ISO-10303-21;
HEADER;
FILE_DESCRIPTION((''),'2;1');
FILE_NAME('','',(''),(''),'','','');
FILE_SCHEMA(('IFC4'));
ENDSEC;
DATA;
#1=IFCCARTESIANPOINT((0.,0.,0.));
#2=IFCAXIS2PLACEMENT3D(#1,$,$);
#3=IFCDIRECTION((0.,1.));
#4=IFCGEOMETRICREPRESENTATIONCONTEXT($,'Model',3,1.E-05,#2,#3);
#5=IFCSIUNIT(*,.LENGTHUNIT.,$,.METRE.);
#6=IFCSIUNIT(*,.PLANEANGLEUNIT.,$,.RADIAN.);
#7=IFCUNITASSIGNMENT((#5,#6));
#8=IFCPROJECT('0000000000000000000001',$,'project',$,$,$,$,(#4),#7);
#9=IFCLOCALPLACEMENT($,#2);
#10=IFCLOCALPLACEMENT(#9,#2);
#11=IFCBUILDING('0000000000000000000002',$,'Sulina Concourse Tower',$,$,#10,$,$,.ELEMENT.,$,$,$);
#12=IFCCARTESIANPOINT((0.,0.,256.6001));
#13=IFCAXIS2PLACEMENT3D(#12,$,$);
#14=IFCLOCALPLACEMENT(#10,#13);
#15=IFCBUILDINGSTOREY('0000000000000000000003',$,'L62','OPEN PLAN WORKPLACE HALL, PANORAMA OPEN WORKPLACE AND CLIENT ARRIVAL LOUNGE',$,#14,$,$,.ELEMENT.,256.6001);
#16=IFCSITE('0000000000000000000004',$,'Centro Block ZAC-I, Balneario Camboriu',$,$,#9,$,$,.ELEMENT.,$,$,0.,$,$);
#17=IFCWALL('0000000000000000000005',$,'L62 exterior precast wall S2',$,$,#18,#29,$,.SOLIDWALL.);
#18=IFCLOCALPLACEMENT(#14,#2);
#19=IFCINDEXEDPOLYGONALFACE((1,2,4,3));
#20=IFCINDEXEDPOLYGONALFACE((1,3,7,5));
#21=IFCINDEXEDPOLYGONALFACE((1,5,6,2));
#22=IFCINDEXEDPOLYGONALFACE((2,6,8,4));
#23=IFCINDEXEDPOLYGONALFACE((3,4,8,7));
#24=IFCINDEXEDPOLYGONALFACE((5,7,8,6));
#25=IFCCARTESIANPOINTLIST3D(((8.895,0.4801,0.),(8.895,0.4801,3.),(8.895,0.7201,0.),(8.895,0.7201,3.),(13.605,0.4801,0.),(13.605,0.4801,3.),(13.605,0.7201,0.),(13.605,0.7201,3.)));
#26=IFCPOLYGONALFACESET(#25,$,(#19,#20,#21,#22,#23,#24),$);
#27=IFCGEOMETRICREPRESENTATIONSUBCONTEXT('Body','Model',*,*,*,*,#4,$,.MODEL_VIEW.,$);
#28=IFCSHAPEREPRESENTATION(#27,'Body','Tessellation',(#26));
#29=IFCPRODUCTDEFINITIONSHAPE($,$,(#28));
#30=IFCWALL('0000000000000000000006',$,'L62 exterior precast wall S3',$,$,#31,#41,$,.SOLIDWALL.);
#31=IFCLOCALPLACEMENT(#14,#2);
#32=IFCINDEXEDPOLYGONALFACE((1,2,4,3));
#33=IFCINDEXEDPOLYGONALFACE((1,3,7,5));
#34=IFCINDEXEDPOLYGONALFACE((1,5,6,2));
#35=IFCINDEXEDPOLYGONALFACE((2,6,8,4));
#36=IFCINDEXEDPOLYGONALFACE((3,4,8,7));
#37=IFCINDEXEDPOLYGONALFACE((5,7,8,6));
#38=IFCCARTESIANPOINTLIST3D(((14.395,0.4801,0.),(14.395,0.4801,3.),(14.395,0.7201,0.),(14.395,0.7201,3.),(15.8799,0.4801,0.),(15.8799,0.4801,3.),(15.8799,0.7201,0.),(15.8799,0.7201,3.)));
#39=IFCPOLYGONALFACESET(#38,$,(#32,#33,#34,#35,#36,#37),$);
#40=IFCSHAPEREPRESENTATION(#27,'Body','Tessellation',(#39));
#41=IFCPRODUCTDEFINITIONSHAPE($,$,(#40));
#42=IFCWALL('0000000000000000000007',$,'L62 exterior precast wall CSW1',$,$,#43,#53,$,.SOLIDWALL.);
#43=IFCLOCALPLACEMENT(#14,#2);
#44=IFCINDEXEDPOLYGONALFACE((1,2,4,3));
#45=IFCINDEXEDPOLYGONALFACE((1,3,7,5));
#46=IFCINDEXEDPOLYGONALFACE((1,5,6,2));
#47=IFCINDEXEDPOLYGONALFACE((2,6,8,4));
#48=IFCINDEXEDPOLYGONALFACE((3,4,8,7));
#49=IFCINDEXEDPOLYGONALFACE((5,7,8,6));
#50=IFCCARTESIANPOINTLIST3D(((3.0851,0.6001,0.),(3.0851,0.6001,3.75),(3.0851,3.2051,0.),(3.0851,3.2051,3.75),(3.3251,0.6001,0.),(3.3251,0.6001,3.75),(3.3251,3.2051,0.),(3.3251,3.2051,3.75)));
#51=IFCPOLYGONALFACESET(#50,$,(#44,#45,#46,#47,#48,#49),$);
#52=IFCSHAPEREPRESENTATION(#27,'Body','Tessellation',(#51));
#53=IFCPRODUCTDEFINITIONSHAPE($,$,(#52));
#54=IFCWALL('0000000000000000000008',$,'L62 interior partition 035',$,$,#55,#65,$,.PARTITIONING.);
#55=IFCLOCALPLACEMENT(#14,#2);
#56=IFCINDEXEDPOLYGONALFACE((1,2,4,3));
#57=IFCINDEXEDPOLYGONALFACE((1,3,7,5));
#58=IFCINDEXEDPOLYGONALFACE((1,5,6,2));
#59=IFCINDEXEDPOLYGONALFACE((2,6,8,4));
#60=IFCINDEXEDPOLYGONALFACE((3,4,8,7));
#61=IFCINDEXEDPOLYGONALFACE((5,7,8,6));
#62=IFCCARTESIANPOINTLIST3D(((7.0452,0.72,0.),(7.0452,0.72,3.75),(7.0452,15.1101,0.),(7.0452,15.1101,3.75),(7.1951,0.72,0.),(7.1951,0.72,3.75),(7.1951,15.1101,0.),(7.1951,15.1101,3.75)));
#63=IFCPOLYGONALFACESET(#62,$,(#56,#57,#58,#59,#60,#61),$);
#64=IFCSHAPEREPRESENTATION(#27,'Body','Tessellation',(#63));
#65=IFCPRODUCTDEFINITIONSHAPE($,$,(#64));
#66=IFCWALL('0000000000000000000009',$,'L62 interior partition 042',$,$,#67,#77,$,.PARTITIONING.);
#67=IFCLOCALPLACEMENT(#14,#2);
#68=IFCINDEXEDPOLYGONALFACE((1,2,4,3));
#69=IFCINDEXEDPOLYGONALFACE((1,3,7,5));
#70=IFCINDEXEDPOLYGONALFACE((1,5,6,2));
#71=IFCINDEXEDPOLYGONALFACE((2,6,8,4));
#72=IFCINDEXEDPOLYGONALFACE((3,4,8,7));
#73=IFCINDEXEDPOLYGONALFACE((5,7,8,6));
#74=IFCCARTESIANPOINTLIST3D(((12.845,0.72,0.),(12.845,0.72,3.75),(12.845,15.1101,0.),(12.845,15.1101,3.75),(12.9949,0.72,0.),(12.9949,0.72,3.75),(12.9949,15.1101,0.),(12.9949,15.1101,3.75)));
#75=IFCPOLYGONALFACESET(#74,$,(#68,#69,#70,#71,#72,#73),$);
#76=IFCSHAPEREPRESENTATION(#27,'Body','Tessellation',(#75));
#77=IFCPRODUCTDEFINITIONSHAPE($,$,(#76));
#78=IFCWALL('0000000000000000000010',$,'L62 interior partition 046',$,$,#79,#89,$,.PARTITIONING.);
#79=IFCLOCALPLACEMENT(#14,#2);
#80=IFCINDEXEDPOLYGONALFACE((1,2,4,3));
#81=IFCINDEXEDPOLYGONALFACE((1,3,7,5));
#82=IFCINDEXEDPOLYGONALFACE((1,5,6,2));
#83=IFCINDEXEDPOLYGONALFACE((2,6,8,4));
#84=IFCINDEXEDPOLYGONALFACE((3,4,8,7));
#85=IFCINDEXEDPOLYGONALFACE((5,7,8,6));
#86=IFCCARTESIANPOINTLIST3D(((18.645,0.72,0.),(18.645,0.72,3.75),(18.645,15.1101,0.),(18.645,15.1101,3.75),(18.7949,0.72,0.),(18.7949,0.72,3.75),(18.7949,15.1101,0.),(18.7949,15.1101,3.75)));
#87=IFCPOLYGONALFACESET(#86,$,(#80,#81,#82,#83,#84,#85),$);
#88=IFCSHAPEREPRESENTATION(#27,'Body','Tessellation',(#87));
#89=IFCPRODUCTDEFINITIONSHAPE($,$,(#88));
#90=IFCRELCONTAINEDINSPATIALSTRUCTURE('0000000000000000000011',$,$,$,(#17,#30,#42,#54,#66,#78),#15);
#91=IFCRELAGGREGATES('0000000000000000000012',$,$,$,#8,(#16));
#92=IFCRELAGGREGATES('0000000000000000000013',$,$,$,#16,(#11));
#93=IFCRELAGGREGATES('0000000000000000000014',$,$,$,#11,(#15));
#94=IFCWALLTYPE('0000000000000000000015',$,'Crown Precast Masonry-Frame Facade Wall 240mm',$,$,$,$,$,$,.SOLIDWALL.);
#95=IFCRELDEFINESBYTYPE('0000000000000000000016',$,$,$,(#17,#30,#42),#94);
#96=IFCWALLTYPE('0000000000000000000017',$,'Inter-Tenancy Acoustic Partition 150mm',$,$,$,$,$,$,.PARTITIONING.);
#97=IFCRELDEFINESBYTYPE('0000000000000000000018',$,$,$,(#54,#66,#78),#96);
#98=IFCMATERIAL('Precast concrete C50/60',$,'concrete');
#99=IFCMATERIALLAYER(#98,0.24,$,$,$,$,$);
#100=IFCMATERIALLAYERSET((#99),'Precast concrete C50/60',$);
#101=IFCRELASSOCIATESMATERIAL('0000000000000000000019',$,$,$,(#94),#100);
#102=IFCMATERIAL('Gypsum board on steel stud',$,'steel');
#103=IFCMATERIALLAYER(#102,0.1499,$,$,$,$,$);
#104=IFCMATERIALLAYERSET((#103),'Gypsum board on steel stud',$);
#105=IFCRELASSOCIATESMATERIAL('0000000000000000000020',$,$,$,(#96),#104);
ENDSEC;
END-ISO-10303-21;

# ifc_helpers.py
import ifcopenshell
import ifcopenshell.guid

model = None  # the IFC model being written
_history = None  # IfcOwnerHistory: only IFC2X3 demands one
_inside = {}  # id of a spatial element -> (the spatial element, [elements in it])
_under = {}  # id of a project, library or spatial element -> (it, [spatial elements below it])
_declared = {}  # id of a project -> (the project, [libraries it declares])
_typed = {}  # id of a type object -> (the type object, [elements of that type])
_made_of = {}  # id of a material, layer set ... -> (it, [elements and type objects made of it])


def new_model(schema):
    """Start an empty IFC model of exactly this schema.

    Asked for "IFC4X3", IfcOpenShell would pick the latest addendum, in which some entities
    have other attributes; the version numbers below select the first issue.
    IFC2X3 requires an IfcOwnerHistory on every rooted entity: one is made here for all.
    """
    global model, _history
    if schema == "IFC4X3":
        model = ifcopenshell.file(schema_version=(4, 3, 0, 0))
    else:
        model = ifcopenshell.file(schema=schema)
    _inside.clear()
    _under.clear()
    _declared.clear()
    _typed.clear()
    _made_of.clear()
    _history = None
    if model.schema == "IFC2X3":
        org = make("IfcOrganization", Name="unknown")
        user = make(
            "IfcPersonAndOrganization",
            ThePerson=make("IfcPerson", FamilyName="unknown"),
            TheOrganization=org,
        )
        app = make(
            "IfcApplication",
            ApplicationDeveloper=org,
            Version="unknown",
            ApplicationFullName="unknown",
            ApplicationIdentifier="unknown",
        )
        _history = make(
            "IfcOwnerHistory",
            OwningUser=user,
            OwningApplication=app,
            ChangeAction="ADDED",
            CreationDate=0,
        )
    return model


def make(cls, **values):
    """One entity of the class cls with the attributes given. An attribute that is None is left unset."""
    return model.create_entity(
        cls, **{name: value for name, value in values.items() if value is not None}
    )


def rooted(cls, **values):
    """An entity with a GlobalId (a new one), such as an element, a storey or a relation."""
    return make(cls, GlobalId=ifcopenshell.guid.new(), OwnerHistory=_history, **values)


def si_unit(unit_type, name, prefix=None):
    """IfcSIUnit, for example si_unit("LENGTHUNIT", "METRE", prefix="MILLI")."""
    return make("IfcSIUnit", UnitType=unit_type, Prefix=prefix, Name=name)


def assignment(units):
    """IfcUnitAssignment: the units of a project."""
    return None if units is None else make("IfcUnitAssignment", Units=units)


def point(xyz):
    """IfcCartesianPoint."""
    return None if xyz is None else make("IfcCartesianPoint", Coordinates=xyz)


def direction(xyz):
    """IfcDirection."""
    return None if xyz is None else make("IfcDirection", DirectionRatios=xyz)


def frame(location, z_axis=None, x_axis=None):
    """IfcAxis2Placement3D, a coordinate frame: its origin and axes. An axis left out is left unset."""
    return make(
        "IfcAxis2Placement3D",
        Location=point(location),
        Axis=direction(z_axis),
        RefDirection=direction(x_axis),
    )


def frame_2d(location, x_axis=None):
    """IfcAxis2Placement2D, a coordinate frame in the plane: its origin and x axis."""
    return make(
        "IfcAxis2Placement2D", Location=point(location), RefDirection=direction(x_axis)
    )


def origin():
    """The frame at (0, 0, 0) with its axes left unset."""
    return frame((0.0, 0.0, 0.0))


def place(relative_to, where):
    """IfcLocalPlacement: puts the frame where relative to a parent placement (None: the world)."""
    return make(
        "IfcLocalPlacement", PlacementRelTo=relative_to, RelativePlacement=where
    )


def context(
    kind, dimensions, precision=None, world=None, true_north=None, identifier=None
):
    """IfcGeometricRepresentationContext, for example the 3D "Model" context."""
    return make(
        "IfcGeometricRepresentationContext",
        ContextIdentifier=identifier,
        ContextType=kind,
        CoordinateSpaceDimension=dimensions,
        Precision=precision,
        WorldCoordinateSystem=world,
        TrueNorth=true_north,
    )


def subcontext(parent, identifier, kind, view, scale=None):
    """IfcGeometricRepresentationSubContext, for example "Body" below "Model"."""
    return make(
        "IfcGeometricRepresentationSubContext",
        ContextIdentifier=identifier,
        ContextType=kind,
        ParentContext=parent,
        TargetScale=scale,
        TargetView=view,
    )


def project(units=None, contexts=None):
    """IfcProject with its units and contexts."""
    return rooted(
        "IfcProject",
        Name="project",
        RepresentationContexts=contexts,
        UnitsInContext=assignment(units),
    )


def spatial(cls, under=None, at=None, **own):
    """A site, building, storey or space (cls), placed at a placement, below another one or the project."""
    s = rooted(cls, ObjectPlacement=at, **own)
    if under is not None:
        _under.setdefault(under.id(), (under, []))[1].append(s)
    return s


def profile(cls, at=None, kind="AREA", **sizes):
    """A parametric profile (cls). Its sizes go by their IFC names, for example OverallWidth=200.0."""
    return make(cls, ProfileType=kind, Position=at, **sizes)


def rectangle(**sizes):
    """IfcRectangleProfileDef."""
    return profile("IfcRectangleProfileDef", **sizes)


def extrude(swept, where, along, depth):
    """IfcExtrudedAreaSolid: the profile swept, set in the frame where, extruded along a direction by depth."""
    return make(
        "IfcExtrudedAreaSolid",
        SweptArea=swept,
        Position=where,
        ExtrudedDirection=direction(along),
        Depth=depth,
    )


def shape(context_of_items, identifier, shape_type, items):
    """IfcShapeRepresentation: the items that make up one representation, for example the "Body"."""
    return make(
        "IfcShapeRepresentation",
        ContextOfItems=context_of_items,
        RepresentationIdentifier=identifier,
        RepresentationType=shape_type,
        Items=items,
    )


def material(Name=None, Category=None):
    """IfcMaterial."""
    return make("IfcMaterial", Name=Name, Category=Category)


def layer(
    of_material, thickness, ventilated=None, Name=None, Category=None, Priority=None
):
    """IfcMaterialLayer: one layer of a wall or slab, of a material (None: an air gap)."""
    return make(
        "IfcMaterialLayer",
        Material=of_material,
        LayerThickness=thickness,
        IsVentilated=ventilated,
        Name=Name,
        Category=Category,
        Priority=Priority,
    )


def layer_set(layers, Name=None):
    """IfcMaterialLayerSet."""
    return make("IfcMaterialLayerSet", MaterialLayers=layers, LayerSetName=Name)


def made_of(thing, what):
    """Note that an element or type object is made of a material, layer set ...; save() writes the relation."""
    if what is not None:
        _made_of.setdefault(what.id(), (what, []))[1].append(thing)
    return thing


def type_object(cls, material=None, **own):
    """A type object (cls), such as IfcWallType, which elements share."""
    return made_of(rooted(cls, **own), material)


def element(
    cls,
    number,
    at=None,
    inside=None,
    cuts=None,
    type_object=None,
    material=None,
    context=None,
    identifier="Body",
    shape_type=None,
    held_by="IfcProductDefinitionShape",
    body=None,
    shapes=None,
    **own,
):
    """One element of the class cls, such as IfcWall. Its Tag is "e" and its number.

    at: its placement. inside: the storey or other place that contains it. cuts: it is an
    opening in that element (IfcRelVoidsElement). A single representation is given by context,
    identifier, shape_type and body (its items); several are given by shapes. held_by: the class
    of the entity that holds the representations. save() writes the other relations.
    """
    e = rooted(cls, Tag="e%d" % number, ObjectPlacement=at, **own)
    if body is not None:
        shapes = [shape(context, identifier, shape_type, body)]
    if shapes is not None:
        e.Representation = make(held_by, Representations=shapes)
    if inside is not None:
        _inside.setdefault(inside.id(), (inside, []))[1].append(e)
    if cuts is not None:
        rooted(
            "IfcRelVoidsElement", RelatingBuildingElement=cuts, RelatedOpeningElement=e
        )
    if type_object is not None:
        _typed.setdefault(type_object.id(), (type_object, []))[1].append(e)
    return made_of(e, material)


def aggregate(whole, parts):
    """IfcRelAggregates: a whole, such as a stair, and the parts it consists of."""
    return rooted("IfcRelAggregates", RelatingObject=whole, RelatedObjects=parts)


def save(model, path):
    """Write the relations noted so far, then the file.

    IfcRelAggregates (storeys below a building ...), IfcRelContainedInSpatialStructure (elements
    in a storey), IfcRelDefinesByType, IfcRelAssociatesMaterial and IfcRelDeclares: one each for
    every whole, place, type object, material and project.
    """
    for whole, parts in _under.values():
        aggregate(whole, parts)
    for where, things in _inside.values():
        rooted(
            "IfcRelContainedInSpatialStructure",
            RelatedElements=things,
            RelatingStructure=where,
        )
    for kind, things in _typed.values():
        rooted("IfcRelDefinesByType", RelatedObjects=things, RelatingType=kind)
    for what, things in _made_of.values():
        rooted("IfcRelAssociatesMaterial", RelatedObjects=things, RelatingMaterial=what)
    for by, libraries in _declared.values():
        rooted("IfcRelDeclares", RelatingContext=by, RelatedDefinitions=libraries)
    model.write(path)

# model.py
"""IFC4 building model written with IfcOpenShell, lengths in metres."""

from ifc_helpers import new_model, si_unit, direction, frame, frame_2d, origin, place, context, subcontext, project, spatial, rectangle, extrude, material, layer, layer_set, type_object, element, save


model = new_model("IFC4")

# Units and contexts
model_context = context("Model", 3, precision=1e-05, world=origin(), true_north=direction((0.0, 1.0)))
body_context = subcontext(model_context, "Body", "Model", "MODEL_VIEW")
ifc_project = project(units=[si_unit("LENGTHUNIT", "METRE"), si_unit("PLANEANGLEUNIT", "RADIAN")], contexts=[model_context])

# Site, building, storey
site_placement = place(None, origin())
site = spatial("IfcSite", under=ifc_project, at=site_placement, Name="Centro Block ZAC-I, Balneario Camboriu", CompositionType="ELEMENT", RefElevation=0.0)
building_placement = place(site_placement, origin())
building = spatial("IfcBuilding", under=site, at=building_placement, Name="Sulina Concourse Tower", CompositionType="ELEMENT")
storey_placement = place(building_placement, frame((0.0, 0.0, 256.6001)))
storey = spatial("IfcBuildingStorey", under=building, at=storey_placement, Name="L62", Description="OPEN PLAN WORKPLACE HALL, PANORAMA OPEN WORKPLACE AND CLIENT ARRIVAL LOUNGE", CompositionType="ELEMENT", Elevation=256.6001)

# Walls
ifc_material_1 = material(Name="Precast concrete C50/60", Category="concrete")
ifc_layer_1 = layer(ifc_material_1, 0.24)
ifc_layer_set_1 = layer_set([ifc_layer_1], Name="Precast concrete C50/60")
wall_type_1 = type_object("IfcWallType", Name="Crown Precast Masonry-Frame Facade Wall 240mm", PredefinedType="SOLIDWALL", material=ifc_layer_set_1)
wall_1_placement = place(storey_placement, frame((13.605, 0.6001, 0.0), z_axis=(0.0, 0.0, 1.0), x_axis=(-1.0, 0.0, 0.0)))
element("IfcWall", 1, at=wall_1_placement, inside=storey, type_object=wall_type_1, Name="L62 exterior precast wall S2", PredefinedType="SOLIDWALL", context=body_context, shape_type="SweptSolid", body=[
    extrude(rectangle(XDim=4.71, YDim=0.24, at=frame_2d((2.355, 0.0))), origin(), (0.0, 0.0, 1.0), 3.0),
])
wall_2_placement = place(storey_placement, frame((15.8799, 0.6001, 0.0), z_axis=(0.0, 0.0, 1.0), x_axis=(-1.0, 0.0, 0.0)))
element("IfcWall", 2, at=wall_2_placement, inside=storey, type_object=wall_type_1, Name="L62 exterior precast wall S3", PredefinedType="SOLIDWALL", context=body_context, shape_type="SweptSolid", body=[
    extrude(rectangle(XDim=1.4849, YDim=0.24, at=frame_2d((0.7424, 0.0))), origin(), (0.0, 0.0, 1.0), 3.0),
])
wall_3_placement = place(storey_placement, frame((3.2051, 0.6001, 0.0), z_axis=(0.0, 0.0, 1.0), x_axis=(0.0, 1.0, 0.0)))
element("IfcWall", 3, at=wall_3_placement, inside=storey, type_object=wall_type_1, Name="L62 exterior precast wall CSW1", PredefinedType="SOLIDWALL", context=body_context, shape_type="SweptSolid", body=[
    extrude(rectangle(XDim=2.605, YDim=0.24, at=frame_2d((1.3025, 0.0))), origin(), (0.0, 0.0, 1.0), 3.75),
])
ifc_material_2 = material(Name="Gypsum board on steel stud", Category="steel")
ifc_layer_2 = layer(ifc_material_2, 0.1499)
ifc_layer_set_2 = layer_set([ifc_layer_2], Name="Gypsum board on steel stud")
wall_type_2 = type_object("IfcWallType", Name="Inter-Tenancy Acoustic Partition 150mm", PredefinedType="PARTITIONING", material=ifc_layer_set_2)
for number, where, z_axis, x_axis, name in (
    (4, (7.1201, 0.72, 0.0), (0.0, 0.0, 1.0), (0.0, 1.0, 0.0), "L62 interior partition 035"),
    (5, (12.9199, 0.72, 0.0), (0.0, 0.0, 1.0), (0.0, 1.0, 0.0), "L62 interior partition 042"),
    (6, (18.72, 0.72, 0.0), (0.0, 0.0, 1.0), (0.0, 1.0, 0.0), "L62 interior partition 046"),
):
    element("IfcWall", number, at=place(storey_placement, frame(where, z_axis=z_axis, x_axis=x_axis)), inside=storey, type_object=wall_type_2, Name=name, PredefinedType="PARTITIONING", context=body_context, shape_type="SweptSolid", body=[
        extrude(rectangle(XDim=14.3901, YDim=0.1499, at=frame_2d((7.1951, 0.0))), origin(), (0.0, 0.0, 1.0), 3.75),
    ])

save(model, "model.ifc")
